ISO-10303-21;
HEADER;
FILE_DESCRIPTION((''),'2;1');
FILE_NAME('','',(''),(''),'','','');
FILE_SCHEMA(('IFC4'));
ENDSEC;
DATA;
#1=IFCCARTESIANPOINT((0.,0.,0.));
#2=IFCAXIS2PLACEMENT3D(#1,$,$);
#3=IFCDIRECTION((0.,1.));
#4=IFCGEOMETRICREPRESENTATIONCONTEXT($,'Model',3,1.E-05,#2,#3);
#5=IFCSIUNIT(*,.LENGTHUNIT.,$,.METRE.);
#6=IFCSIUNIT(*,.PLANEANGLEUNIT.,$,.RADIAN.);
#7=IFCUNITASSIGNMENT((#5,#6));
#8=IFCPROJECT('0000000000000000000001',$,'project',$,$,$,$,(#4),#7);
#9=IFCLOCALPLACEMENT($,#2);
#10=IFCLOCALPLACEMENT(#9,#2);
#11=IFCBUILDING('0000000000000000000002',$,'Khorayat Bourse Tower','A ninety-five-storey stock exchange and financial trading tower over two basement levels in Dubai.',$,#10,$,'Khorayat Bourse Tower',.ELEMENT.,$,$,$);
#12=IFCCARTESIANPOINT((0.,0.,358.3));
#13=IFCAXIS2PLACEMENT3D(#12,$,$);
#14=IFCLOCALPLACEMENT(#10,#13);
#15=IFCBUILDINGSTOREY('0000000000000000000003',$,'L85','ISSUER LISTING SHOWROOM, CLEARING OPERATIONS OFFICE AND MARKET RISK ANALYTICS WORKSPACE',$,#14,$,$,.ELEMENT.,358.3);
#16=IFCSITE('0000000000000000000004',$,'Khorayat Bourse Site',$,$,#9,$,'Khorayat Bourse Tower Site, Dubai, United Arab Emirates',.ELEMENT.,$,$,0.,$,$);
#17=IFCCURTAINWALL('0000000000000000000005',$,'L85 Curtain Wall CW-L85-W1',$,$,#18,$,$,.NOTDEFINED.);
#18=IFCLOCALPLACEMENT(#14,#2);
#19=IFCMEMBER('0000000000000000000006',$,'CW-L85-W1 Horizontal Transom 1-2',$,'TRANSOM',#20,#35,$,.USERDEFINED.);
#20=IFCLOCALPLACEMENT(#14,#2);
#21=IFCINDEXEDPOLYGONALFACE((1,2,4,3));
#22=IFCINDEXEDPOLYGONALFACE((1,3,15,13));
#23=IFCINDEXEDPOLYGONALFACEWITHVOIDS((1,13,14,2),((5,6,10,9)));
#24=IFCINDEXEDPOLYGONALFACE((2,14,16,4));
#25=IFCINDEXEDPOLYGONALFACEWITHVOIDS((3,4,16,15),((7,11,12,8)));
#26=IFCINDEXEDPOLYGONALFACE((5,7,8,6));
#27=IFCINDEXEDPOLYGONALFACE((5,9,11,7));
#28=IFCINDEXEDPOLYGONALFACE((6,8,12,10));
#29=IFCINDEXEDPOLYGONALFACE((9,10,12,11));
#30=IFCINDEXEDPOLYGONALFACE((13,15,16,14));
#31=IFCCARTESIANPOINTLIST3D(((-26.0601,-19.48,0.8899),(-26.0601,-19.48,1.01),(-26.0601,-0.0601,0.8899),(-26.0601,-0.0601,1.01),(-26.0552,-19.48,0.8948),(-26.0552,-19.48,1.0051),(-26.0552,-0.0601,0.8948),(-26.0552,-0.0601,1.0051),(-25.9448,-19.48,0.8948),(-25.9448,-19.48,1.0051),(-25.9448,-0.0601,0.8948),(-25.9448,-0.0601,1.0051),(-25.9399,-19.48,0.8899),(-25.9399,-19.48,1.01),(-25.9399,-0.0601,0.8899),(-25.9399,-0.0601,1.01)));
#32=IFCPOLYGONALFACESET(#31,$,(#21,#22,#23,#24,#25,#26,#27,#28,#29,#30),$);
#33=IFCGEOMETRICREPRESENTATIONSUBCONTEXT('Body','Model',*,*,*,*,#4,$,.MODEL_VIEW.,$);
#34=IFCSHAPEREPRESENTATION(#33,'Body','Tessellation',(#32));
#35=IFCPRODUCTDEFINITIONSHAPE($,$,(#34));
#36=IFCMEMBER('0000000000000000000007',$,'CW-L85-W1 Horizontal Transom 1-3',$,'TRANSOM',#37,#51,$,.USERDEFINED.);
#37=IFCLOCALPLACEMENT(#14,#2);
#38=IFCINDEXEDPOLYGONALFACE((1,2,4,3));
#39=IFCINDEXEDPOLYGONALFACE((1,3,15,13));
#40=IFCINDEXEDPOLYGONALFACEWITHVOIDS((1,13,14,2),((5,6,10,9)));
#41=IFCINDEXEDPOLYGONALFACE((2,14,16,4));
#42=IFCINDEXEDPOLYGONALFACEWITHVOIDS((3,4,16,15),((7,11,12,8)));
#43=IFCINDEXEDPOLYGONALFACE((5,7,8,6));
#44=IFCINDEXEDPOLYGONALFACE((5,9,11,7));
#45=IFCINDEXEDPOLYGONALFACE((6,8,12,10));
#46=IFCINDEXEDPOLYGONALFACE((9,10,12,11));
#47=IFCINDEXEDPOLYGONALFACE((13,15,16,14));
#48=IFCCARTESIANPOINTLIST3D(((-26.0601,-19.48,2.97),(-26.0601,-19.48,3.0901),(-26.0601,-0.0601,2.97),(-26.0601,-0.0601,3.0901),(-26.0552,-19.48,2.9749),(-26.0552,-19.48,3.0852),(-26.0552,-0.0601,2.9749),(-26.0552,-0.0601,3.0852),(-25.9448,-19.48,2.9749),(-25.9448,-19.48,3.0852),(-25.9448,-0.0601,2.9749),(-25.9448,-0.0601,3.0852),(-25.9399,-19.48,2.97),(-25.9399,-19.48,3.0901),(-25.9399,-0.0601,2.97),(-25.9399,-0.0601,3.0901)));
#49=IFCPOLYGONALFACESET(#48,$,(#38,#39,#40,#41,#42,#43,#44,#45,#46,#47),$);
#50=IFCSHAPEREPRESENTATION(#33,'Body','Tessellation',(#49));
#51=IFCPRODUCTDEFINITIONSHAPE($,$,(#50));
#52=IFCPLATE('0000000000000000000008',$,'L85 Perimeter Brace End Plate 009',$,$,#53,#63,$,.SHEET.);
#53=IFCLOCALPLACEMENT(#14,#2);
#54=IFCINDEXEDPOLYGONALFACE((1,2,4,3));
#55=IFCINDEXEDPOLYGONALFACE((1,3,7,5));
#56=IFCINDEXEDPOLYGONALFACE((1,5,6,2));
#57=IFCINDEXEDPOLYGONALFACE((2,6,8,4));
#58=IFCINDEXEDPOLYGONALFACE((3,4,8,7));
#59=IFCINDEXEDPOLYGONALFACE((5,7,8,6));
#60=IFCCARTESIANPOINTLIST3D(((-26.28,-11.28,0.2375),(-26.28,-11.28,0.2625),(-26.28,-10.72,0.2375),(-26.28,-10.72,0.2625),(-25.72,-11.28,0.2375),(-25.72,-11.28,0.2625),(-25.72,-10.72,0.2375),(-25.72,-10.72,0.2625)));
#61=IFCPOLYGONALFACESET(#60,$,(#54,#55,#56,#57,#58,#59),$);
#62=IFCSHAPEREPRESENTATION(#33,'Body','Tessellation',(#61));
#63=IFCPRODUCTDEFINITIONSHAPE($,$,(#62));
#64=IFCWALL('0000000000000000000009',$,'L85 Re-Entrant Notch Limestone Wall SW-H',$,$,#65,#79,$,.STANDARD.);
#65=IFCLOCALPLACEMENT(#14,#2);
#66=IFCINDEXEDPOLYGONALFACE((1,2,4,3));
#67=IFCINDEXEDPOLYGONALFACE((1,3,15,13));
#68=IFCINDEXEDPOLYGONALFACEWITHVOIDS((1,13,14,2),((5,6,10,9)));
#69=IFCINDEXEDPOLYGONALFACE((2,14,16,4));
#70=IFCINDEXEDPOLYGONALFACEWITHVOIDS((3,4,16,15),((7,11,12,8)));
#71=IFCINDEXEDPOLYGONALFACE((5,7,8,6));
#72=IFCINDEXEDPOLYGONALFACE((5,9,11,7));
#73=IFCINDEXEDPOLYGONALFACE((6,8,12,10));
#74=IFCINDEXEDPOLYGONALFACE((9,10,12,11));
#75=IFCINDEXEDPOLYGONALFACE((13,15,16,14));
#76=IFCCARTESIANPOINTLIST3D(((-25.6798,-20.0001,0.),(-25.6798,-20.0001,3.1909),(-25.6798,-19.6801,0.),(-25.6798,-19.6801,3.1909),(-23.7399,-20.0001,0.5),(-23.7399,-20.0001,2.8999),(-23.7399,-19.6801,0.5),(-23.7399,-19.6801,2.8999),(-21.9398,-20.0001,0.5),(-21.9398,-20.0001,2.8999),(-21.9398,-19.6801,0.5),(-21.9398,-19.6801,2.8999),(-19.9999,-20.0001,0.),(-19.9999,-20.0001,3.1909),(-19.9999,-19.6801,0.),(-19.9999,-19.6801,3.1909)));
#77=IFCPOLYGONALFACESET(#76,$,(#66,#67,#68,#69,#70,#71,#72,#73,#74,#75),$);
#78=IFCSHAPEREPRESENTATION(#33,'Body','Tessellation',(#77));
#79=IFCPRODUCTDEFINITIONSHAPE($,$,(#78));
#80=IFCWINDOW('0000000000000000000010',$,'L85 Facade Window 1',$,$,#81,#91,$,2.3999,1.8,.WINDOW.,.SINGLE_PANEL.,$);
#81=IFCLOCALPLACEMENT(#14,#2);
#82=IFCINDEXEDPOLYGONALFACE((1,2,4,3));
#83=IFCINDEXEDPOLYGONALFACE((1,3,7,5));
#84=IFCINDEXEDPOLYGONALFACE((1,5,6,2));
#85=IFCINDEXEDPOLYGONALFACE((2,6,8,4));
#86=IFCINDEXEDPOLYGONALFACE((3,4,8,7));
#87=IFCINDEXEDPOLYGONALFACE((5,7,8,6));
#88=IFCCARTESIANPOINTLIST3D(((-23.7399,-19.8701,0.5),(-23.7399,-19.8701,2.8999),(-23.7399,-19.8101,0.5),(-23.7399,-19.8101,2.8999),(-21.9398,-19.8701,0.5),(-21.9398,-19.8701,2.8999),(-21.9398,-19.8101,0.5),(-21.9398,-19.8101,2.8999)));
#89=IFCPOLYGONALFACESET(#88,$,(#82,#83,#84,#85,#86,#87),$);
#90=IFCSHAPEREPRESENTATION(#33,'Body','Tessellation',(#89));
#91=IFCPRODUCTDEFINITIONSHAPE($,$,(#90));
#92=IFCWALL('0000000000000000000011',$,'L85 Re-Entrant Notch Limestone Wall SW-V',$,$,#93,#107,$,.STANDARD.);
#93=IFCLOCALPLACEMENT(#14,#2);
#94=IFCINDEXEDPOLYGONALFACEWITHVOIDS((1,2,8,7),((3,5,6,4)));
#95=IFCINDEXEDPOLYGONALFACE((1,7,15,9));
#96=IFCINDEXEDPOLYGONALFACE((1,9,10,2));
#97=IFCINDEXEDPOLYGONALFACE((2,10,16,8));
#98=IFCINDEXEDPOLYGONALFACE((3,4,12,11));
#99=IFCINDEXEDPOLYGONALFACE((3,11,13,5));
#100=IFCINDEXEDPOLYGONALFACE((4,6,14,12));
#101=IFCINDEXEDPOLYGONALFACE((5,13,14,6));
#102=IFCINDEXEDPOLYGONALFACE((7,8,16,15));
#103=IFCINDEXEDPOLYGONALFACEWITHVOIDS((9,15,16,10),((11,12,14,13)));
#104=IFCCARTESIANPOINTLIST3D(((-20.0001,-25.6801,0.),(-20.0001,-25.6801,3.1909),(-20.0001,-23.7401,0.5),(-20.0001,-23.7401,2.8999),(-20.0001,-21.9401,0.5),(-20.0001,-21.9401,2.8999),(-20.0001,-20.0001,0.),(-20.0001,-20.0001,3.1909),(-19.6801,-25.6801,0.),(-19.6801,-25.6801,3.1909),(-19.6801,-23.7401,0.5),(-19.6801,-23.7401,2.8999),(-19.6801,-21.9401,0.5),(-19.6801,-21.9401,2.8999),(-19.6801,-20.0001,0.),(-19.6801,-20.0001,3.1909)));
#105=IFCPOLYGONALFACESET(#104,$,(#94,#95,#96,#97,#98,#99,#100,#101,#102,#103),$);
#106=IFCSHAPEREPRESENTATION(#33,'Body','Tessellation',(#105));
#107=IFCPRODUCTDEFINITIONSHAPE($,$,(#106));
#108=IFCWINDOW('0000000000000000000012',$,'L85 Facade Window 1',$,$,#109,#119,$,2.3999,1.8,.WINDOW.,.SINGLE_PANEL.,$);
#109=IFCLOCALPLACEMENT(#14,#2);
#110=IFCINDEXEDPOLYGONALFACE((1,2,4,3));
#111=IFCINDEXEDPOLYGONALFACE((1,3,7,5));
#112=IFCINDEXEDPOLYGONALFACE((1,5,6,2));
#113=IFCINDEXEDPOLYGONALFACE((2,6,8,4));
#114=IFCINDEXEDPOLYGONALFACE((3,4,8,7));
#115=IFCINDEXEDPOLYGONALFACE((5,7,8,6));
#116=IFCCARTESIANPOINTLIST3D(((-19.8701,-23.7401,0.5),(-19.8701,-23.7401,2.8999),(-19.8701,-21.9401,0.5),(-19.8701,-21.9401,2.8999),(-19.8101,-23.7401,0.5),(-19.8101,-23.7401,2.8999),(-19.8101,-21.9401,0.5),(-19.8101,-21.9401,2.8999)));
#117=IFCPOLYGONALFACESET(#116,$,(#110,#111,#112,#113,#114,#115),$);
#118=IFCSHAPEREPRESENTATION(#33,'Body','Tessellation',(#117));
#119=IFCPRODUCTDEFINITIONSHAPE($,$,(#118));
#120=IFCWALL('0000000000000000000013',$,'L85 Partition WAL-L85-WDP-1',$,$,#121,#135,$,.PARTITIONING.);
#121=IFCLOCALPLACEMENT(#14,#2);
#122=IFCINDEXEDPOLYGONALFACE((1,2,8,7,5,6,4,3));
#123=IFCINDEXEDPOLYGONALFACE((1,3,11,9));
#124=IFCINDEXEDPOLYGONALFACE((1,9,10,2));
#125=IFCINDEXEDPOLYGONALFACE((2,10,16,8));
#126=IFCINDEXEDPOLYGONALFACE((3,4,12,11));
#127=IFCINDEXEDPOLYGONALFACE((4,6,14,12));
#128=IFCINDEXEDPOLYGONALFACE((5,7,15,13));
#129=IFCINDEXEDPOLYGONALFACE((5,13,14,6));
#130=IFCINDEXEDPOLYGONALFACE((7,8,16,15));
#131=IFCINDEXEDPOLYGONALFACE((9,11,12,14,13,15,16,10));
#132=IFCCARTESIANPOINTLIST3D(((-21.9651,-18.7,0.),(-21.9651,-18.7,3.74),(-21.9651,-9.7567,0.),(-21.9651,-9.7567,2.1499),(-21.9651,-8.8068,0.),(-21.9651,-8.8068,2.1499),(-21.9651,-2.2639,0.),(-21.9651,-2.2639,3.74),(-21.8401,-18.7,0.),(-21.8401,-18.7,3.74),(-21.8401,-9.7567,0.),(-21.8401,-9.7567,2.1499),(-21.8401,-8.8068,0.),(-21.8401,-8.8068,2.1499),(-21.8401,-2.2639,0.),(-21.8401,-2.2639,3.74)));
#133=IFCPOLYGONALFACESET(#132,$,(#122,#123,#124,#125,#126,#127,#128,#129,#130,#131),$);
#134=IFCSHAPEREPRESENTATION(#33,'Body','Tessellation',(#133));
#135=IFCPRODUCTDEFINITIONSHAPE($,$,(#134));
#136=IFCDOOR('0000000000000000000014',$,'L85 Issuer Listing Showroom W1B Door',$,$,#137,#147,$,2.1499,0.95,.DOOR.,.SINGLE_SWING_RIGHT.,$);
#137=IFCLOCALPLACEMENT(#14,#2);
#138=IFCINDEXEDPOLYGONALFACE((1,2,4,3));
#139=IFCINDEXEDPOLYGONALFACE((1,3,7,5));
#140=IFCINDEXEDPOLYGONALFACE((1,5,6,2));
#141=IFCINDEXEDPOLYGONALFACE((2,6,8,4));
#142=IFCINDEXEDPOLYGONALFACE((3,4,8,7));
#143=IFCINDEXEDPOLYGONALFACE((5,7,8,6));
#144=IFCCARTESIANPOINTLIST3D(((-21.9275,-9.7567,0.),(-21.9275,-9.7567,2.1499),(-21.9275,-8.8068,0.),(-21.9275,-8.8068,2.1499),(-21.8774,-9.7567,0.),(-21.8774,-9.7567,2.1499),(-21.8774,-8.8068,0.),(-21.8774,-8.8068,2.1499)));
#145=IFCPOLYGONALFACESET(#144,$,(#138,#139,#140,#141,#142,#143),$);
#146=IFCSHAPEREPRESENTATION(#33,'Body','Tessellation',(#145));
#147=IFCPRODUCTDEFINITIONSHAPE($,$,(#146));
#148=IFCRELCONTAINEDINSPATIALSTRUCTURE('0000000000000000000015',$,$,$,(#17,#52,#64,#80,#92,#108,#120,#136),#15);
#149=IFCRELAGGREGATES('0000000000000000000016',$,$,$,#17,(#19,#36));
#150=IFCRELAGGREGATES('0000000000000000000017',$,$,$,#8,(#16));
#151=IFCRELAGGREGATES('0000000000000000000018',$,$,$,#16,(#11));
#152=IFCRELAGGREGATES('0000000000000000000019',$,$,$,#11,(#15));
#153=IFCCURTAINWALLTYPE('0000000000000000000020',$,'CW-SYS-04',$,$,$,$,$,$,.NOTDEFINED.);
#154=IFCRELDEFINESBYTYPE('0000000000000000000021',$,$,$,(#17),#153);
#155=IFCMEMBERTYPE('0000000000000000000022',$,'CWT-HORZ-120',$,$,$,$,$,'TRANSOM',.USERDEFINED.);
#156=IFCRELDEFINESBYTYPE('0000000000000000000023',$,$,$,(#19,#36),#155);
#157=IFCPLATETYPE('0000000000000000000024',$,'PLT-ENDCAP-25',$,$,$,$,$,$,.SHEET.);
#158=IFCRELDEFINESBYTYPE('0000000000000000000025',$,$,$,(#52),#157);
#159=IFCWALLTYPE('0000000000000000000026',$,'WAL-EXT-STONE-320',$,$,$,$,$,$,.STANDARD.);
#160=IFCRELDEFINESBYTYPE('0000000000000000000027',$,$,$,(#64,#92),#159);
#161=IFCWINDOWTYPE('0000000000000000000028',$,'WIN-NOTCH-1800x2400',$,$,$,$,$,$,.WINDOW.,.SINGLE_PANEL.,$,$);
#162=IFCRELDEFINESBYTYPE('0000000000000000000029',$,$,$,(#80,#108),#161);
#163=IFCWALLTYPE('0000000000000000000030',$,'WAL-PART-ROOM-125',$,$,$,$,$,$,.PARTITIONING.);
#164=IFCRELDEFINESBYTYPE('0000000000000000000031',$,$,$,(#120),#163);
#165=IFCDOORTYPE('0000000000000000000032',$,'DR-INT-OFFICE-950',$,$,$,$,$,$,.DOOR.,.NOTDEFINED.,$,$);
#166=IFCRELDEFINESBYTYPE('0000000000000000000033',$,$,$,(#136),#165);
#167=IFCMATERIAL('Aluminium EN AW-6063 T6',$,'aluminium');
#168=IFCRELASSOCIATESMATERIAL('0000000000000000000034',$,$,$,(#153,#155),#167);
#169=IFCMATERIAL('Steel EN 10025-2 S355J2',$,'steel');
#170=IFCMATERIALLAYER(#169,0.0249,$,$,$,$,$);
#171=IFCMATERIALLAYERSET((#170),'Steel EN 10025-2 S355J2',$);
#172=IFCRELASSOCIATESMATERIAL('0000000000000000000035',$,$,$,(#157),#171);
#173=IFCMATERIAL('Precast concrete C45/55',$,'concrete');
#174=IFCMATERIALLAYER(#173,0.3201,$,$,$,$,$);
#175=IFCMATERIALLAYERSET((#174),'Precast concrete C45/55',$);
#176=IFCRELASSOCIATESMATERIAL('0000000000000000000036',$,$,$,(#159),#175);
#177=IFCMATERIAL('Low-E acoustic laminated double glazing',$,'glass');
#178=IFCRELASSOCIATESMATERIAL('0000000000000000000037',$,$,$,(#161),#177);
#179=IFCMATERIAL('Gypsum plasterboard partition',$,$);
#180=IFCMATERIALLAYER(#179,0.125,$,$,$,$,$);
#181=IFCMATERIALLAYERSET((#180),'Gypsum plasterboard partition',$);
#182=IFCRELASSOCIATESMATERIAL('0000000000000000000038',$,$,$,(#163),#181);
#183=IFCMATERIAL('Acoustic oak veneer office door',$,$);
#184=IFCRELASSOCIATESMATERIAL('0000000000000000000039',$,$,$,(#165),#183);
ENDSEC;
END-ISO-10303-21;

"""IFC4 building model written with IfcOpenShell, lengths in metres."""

from ifc_helpers import new_model, si_unit, direction, frame, frame_2d, origin, origin_2d, place, context, subcontext, project, spatial, rectangle, hollow_rectangle, extrude, source, transform, mapped, material, layer, layer_set, material_profile, profile_set, type_object, element, fill, aggregate, save


model = new_model("IFC4")

# Units and contexts
model_context = context("Model", 3, precision=1e-05, world=origin(), true_north=direction((0.0, 1.0)))
body_context = subcontext(model_context, "Body", "Model", "MODEL_VIEW")
ifc_project = project(units=[si_unit("LENGTHUNIT", "METRE"), si_unit("PLANEANGLEUNIT", "RADIAN")], contexts=[model_context])

# Site, building, storey
site_placement = place(None, origin())
site = spatial("IfcSite", under=ifc_project, at=site_placement, Name="Khorayat Bourse Site", LongName="Khorayat Bourse Tower Site, Dubai, United Arab Emirates", CompositionType="ELEMENT", RefElevation=0.0)
building_placement = place(site_placement, origin())
building = spatial("IfcBuilding", under=site, at=building_placement, Name="Khorayat Bourse Tower", Description="A ninety-five-storey stock exchange and financial trading tower over two basement levels in Dubai.", LongName="Khorayat Bourse Tower", CompositionType="ELEMENT")
storey_placement = place(building_placement, frame((0.0, 0.0, 358.3)))
storey = spatial("IfcBuildingStorey", under=building, at=storey_placement, Name="L85", Description="ISSUER LISTING SHOWROOM, CLEARING OPERATIONS OFFICE AND MARKET RISK ANALYTICS WORKSPACE", CompositionType="ELEMENT", Elevation=358.3)

# Shared definitions
ifc_material_1 = material(Name="Steel EN 10025-2 S355J2", Category="steel")

# Shared definitions
ifc_material_2 = material(Name="Aluminium EN AW-6063 T6", Category="aluminium")
curtain_wall_type = type_object("IfcCurtainWallType", Name="CW-SYS-04", PredefinedType="NOTDEFINED", material=ifc_material_2)

# Curtain wall, members
curtain_wall_1_placement = place(storey_placement, origin())
curtain_wall_1 = element("IfcCurtainWall", 1, at=curtain_wall_1_placement, inside=storey, type_object=curtain_wall_type, Name="L85 Curtain Wall CW-L85-W1", PredefinedType="NOTDEFINED")
ifc_material_profile_1 = material_profile(ifc_material_2, hollow_rectangle(XDim=0.1201, YDim=0.1201, WallThickness=0.0049, at=origin_2d()), Name="ALU 120x120x5")
ifc_profile_set_1 = profile_set([ifc_material_profile_1], Name="Aluminium EN AW-6063 T6")
member_type_1 = type_object("IfcMemberType", Name="CWT-HORZ-120", ElementType="TRANSOM", PredefinedType="USERDEFINED", material=ifc_profile_set_1)
shared_shape_1 = source(origin(), body_context, "Body", "SweptSolid", [
    extrude(hollow_rectangle(XDim=0.1201, YDim=0.1201, WallThickness=0.0049, at=origin_2d()), origin(), (0.0, 0.0, 1.0), 19.4199),
])
member_1_placement = place(storey_placement, frame((-26.0, -19.48, 0.95), z_axis=(0.0, 1.0, 0.0), x_axis=(-1.0, 0.0, 0.0)))
member_1 = element("IfcMember", 2, at=member_1_placement, type_object=member_type_1, Name="CW-L85-W1 Horizontal Transom 1-2", ObjectType="TRANSOM", PredefinedType="USERDEFINED", context=body_context, shape_type="MappedRepresentation", body=[
    mapped(shared_shape_1, transform((0.0, 0.0, 0.0), scale=1.0)),
])
member_2_placement = place(storey_placement, frame((-26.0, -19.48, 3.03), z_axis=(0.0, 1.0, 0.0), x_axis=(-1.0, 0.0, 0.0)))
member_2 = element("IfcMember", 3, at=member_2_placement, type_object=member_type_1, Name="CW-L85-W1 Horizontal Transom 1-3", ObjectType="TRANSOM", PredefinedType="USERDEFINED", context=body_context, shape_type="MappedRepresentation", body=[
    mapped(shared_shape_1, transform((0.0, 0.0, 0.0), scale=1.0)),
])
aggregate(curtain_wall_1, [member_1, member_2])

# Plate
ifc_layer_1 = layer(ifc_material_1, 0.0249)
ifc_layer_set_1 = layer_set([ifc_layer_1], Name="Steel EN 10025-2 S355J2")
plate_type = type_object("IfcPlateType", Name="PLT-ENDCAP-25", PredefinedType="SHEET", material=ifc_layer_set_1)
shared_shape_2 = source(origin(), body_context, "Body", "SweptSolid", [
    extrude(rectangle(XDim=0.5601, YDim=0.5601, at=origin_2d()), origin(), (0.0, 0.0, 1.0), 0.0249),
])
plate_placement = place(storey_placement, frame((-26.0, -11.0, 0.2375), z_axis=(0.0, 0.0, 1.0), x_axis=(1.0, 0.0, 0.0)))
element("IfcPlate", 4, at=plate_placement, inside=storey, type_object=plate_type, Name="L85 Perimeter Brace End Plate 009", PredefinedType="SHEET", context=body_context, shape_type="MappedRepresentation", body=[
    mapped(shared_shape_2, transform((0.0, 0.0, 0.0), scale=1.0)),
])

# Walls, openings, windows
ifc_material_3 = material(Name="Precast concrete C45/55", Category="concrete")
ifc_layer_2 = layer(ifc_material_3, 0.3201)
ifc_layer_set_2 = layer_set([ifc_layer_2], Name="Precast concrete C45/55")
wall_type_1 = type_object("IfcWallType", Name="WAL-EXT-STONE-320", PredefinedType="STANDARD", material=ifc_layer_set_2)
shared_shape_3 = source(origin(), body_context, "Body", "SweptSolid", [
    extrude(rectangle(XDim=5.6799, YDim=0.3201, at=frame_2d((2.8398, 0.0))), origin(), (0.0, 0.0, 1.0), 3.1909),
])
wall_1_placement = place(storey_placement, frame((-20.0, -19.8401, 0.0), z_axis=(0.0, 0.0, 1.0), x_axis=(-1.0, 0.0, 0.0)))
wall_1 = element("IfcWall", 5, at=wall_1_placement, inside=storey, type_object=wall_type_1, Name="L85 Re-Entrant Notch Limestone Wall SW-H", PredefinedType="STANDARD", context=body_context, shape_type="MappedRepresentation", body=[
    mapped(shared_shape_3, transform((0.0, 0.0, 0.0), scale=1.0)),
])
shared_shape_4 = source(origin(), body_context, "Body", "SweptSolid", [
    extrude(rectangle(XDim=1.8, YDim=2.3999, at=frame_2d((0.8999, 1.2))), frame((0.0, 0.1699, 0.0), z_axis=(0.0, -1.0, 0.0), x_axis=(1.0, 0.0, 0.0)), (0.0, 0.0, 1.0), 0.3401),
])
opening_1_placement = place(wall_1_placement, frame((1.9399, 0.0, 0.5)))
opening_1 = element("IfcOpeningElement", 6, at=opening_1_placement, cuts=wall_1, PredefinedType="OPENING", context=body_context, shape_type="MappedRepresentation", body=[
    mapped(shared_shape_4, transform((0.0, 0.0, 0.0), scale=1.0)),
])
ifc_material_4 = material(Name="Low-E acoustic laminated double glazing", Category="glass")
window_type = type_object("IfcWindowType", Name="WIN-NOTCH-1800x2400", PartitioningType="SINGLE_PANEL", PredefinedType="WINDOW", material=ifc_material_4)
shared_shape_5 = source(origin(), body_context, "Body", "SweptSolid", [
    extrude(rectangle(XDim=1.8, YDim=2.3999, at=frame_2d((0.8999, 1.2))), frame((0.0, 0.03, 0.0), z_axis=(0.0, -1.0, 0.0), x_axis=(1.0, 0.0, 0.0)), (0.0, 0.0, 1.0), 0.0601),
])
window_1_placement = place(opening_1_placement, origin())
window_1 = element("IfcWindow", 7, at=window_1_placement, inside=storey, type_object=window_type, Name="L85 Facade Window 1", OverallHeight=2.3999, OverallWidth=1.8, PartitioningType="SINGLE_PANEL", PredefinedType="WINDOW", context=body_context, shape_type="MappedRepresentation", body=[
    mapped(shared_shape_5, transform((0.0, 0.0, 0.0), scale=1.0)),
])
fill(opening_1, window_1)
wall_2_placement = place(storey_placement, frame((-19.8401, -25.6799, 0.0), z_axis=(0.0, 0.0, 1.0), x_axis=(0.0, 1.0, 0.0)))
wall_2 = element("IfcWall", 8, at=wall_2_placement, inside=storey, type_object=wall_type_1, Name="L85 Re-Entrant Notch Limestone Wall SW-V", PredefinedType="STANDARD", context=body_context, shape_type="MappedRepresentation", body=[
    mapped(shared_shape_3, transform((0.0, 0.0, 0.0), scale=1.0)),
])
opening_2_placement = place(wall_2_placement, frame((1.9399, 0.0, 0.5)))
opening_2 = element("IfcOpeningElement", 9, at=opening_2_placement, cuts=wall_2, PredefinedType="OPENING", context=body_context, shape_type="MappedRepresentation", body=[
    mapped(shared_shape_4, transform((0.0, 0.0, 0.0), scale=1.0)),
])
window_2_placement = place(opening_2_placement, origin())
window_2 = element("IfcWindow", 10, at=window_2_placement, inside=storey, type_object=window_type, Name="L85 Facade Window 1", OverallHeight=2.3999, OverallWidth=1.8, PartitioningType="SINGLE_PANEL", PredefinedType="WINDOW", context=body_context, shape_type="MappedRepresentation", body=[
    mapped(shared_shape_5, transform((0.0, 0.0, 0.0), scale=1.0)),
])
fill(opening_2, window_2)

# Wall, opening, door
ifc_material_5 = material(Name="Gypsum plasterboard partition")
ifc_layer_3 = layer(ifc_material_5, 0.125)
ifc_layer_set_3 = layer_set([ifc_layer_3], Name="Gypsum plasterboard partition")
wall_type_2 = type_object("IfcWallType", Name="WAL-PART-ROOM-125", PredefinedType="PARTITIONING", material=ifc_layer_set_3)
shared_shape_6 = source(origin(), body_context, "Body", "SweptSolid", [
    extrude(rectangle(XDim=16.436, YDim=0.125, at=frame_2d((8.218, 0.0))), origin(), (0.0, 0.0, 1.0), 3.74),
])
wall_3_placement = place(storey_placement, frame((-21.9026, -18.7, 0.0), z_axis=(0.0, 0.0, 1.0), x_axis=(0.0, 1.0, 0.0)))
wall_3 = element("IfcWall", 11, at=wall_3_placement, inside=storey, type_object=wall_type_2, Name="L85 Partition WAL-L85-WDP-1", PredefinedType="PARTITIONING", context=body_context, shape_type="MappedRepresentation", body=[
    mapped(shared_shape_6, transform((0.0, 0.0, 0.0), scale=1.0)),
])
shared_shape_7 = source(origin(), body_context, "Body", "SweptSolid", [
    extrude(rectangle(XDim=0.95, YDim=2.1499, at=frame_2d((0.4751, 1.075))), frame((0.0, 0.0725, 0.0), z_axis=(0.0, -1.0, 0.0), x_axis=(1.0, 0.0, 0.0)), (0.0, 0.0, 1.0), 0.145),
])
opening_3_placement = place(wall_3_placement, frame((8.9431, 0.0, 0.0)))
opening_3 = element("IfcOpeningElement", 12, at=opening_3_placement, cuts=wall_3, PredefinedType="OPENING", context=body_context, shape_type="MappedRepresentation", body=[
    mapped(shared_shape_7, transform((0.0, 0.0, 0.0), scale=1.0)),
])
ifc_material_6 = material(Name="Acoustic oak veneer office door")
door_type = type_object("IfcDoorType", Name="DR-INT-OFFICE-950", OperationType="NOTDEFINED", PredefinedType="DOOR", material=ifc_material_6)
shared_shape_8 = source(origin(), body_context, "Body", "SweptSolid", [
    extrude(rectangle(XDim=0.95, YDim=2.1499, at=frame_2d((0.4751, 1.075))), frame((0.0, 0.0249, 0.0), z_axis=(0.0, -1.0, 0.0), x_axis=(1.0, 0.0, 0.0)), (0.0, 0.0, 1.0), 0.05),
])
door_placement = place(opening_3_placement, origin())
door = element("IfcDoor", 13, at=door_placement, inside=storey, type_object=door_type, Name="L85 Issuer Listing Showroom W1B Door", OperationType="SINGLE_SWING_RIGHT", OverallHeight=2.1499, OverallWidth=0.95, PredefinedType="DOOR", context=body_context, shape_type="MappedRepresentation", body=[
    mapped(shared_shape_8, transform((0.0, 0.0, 0.0), scale=1.0)),
])
fill(opening_3, door)

save(model, "model.ifc")
